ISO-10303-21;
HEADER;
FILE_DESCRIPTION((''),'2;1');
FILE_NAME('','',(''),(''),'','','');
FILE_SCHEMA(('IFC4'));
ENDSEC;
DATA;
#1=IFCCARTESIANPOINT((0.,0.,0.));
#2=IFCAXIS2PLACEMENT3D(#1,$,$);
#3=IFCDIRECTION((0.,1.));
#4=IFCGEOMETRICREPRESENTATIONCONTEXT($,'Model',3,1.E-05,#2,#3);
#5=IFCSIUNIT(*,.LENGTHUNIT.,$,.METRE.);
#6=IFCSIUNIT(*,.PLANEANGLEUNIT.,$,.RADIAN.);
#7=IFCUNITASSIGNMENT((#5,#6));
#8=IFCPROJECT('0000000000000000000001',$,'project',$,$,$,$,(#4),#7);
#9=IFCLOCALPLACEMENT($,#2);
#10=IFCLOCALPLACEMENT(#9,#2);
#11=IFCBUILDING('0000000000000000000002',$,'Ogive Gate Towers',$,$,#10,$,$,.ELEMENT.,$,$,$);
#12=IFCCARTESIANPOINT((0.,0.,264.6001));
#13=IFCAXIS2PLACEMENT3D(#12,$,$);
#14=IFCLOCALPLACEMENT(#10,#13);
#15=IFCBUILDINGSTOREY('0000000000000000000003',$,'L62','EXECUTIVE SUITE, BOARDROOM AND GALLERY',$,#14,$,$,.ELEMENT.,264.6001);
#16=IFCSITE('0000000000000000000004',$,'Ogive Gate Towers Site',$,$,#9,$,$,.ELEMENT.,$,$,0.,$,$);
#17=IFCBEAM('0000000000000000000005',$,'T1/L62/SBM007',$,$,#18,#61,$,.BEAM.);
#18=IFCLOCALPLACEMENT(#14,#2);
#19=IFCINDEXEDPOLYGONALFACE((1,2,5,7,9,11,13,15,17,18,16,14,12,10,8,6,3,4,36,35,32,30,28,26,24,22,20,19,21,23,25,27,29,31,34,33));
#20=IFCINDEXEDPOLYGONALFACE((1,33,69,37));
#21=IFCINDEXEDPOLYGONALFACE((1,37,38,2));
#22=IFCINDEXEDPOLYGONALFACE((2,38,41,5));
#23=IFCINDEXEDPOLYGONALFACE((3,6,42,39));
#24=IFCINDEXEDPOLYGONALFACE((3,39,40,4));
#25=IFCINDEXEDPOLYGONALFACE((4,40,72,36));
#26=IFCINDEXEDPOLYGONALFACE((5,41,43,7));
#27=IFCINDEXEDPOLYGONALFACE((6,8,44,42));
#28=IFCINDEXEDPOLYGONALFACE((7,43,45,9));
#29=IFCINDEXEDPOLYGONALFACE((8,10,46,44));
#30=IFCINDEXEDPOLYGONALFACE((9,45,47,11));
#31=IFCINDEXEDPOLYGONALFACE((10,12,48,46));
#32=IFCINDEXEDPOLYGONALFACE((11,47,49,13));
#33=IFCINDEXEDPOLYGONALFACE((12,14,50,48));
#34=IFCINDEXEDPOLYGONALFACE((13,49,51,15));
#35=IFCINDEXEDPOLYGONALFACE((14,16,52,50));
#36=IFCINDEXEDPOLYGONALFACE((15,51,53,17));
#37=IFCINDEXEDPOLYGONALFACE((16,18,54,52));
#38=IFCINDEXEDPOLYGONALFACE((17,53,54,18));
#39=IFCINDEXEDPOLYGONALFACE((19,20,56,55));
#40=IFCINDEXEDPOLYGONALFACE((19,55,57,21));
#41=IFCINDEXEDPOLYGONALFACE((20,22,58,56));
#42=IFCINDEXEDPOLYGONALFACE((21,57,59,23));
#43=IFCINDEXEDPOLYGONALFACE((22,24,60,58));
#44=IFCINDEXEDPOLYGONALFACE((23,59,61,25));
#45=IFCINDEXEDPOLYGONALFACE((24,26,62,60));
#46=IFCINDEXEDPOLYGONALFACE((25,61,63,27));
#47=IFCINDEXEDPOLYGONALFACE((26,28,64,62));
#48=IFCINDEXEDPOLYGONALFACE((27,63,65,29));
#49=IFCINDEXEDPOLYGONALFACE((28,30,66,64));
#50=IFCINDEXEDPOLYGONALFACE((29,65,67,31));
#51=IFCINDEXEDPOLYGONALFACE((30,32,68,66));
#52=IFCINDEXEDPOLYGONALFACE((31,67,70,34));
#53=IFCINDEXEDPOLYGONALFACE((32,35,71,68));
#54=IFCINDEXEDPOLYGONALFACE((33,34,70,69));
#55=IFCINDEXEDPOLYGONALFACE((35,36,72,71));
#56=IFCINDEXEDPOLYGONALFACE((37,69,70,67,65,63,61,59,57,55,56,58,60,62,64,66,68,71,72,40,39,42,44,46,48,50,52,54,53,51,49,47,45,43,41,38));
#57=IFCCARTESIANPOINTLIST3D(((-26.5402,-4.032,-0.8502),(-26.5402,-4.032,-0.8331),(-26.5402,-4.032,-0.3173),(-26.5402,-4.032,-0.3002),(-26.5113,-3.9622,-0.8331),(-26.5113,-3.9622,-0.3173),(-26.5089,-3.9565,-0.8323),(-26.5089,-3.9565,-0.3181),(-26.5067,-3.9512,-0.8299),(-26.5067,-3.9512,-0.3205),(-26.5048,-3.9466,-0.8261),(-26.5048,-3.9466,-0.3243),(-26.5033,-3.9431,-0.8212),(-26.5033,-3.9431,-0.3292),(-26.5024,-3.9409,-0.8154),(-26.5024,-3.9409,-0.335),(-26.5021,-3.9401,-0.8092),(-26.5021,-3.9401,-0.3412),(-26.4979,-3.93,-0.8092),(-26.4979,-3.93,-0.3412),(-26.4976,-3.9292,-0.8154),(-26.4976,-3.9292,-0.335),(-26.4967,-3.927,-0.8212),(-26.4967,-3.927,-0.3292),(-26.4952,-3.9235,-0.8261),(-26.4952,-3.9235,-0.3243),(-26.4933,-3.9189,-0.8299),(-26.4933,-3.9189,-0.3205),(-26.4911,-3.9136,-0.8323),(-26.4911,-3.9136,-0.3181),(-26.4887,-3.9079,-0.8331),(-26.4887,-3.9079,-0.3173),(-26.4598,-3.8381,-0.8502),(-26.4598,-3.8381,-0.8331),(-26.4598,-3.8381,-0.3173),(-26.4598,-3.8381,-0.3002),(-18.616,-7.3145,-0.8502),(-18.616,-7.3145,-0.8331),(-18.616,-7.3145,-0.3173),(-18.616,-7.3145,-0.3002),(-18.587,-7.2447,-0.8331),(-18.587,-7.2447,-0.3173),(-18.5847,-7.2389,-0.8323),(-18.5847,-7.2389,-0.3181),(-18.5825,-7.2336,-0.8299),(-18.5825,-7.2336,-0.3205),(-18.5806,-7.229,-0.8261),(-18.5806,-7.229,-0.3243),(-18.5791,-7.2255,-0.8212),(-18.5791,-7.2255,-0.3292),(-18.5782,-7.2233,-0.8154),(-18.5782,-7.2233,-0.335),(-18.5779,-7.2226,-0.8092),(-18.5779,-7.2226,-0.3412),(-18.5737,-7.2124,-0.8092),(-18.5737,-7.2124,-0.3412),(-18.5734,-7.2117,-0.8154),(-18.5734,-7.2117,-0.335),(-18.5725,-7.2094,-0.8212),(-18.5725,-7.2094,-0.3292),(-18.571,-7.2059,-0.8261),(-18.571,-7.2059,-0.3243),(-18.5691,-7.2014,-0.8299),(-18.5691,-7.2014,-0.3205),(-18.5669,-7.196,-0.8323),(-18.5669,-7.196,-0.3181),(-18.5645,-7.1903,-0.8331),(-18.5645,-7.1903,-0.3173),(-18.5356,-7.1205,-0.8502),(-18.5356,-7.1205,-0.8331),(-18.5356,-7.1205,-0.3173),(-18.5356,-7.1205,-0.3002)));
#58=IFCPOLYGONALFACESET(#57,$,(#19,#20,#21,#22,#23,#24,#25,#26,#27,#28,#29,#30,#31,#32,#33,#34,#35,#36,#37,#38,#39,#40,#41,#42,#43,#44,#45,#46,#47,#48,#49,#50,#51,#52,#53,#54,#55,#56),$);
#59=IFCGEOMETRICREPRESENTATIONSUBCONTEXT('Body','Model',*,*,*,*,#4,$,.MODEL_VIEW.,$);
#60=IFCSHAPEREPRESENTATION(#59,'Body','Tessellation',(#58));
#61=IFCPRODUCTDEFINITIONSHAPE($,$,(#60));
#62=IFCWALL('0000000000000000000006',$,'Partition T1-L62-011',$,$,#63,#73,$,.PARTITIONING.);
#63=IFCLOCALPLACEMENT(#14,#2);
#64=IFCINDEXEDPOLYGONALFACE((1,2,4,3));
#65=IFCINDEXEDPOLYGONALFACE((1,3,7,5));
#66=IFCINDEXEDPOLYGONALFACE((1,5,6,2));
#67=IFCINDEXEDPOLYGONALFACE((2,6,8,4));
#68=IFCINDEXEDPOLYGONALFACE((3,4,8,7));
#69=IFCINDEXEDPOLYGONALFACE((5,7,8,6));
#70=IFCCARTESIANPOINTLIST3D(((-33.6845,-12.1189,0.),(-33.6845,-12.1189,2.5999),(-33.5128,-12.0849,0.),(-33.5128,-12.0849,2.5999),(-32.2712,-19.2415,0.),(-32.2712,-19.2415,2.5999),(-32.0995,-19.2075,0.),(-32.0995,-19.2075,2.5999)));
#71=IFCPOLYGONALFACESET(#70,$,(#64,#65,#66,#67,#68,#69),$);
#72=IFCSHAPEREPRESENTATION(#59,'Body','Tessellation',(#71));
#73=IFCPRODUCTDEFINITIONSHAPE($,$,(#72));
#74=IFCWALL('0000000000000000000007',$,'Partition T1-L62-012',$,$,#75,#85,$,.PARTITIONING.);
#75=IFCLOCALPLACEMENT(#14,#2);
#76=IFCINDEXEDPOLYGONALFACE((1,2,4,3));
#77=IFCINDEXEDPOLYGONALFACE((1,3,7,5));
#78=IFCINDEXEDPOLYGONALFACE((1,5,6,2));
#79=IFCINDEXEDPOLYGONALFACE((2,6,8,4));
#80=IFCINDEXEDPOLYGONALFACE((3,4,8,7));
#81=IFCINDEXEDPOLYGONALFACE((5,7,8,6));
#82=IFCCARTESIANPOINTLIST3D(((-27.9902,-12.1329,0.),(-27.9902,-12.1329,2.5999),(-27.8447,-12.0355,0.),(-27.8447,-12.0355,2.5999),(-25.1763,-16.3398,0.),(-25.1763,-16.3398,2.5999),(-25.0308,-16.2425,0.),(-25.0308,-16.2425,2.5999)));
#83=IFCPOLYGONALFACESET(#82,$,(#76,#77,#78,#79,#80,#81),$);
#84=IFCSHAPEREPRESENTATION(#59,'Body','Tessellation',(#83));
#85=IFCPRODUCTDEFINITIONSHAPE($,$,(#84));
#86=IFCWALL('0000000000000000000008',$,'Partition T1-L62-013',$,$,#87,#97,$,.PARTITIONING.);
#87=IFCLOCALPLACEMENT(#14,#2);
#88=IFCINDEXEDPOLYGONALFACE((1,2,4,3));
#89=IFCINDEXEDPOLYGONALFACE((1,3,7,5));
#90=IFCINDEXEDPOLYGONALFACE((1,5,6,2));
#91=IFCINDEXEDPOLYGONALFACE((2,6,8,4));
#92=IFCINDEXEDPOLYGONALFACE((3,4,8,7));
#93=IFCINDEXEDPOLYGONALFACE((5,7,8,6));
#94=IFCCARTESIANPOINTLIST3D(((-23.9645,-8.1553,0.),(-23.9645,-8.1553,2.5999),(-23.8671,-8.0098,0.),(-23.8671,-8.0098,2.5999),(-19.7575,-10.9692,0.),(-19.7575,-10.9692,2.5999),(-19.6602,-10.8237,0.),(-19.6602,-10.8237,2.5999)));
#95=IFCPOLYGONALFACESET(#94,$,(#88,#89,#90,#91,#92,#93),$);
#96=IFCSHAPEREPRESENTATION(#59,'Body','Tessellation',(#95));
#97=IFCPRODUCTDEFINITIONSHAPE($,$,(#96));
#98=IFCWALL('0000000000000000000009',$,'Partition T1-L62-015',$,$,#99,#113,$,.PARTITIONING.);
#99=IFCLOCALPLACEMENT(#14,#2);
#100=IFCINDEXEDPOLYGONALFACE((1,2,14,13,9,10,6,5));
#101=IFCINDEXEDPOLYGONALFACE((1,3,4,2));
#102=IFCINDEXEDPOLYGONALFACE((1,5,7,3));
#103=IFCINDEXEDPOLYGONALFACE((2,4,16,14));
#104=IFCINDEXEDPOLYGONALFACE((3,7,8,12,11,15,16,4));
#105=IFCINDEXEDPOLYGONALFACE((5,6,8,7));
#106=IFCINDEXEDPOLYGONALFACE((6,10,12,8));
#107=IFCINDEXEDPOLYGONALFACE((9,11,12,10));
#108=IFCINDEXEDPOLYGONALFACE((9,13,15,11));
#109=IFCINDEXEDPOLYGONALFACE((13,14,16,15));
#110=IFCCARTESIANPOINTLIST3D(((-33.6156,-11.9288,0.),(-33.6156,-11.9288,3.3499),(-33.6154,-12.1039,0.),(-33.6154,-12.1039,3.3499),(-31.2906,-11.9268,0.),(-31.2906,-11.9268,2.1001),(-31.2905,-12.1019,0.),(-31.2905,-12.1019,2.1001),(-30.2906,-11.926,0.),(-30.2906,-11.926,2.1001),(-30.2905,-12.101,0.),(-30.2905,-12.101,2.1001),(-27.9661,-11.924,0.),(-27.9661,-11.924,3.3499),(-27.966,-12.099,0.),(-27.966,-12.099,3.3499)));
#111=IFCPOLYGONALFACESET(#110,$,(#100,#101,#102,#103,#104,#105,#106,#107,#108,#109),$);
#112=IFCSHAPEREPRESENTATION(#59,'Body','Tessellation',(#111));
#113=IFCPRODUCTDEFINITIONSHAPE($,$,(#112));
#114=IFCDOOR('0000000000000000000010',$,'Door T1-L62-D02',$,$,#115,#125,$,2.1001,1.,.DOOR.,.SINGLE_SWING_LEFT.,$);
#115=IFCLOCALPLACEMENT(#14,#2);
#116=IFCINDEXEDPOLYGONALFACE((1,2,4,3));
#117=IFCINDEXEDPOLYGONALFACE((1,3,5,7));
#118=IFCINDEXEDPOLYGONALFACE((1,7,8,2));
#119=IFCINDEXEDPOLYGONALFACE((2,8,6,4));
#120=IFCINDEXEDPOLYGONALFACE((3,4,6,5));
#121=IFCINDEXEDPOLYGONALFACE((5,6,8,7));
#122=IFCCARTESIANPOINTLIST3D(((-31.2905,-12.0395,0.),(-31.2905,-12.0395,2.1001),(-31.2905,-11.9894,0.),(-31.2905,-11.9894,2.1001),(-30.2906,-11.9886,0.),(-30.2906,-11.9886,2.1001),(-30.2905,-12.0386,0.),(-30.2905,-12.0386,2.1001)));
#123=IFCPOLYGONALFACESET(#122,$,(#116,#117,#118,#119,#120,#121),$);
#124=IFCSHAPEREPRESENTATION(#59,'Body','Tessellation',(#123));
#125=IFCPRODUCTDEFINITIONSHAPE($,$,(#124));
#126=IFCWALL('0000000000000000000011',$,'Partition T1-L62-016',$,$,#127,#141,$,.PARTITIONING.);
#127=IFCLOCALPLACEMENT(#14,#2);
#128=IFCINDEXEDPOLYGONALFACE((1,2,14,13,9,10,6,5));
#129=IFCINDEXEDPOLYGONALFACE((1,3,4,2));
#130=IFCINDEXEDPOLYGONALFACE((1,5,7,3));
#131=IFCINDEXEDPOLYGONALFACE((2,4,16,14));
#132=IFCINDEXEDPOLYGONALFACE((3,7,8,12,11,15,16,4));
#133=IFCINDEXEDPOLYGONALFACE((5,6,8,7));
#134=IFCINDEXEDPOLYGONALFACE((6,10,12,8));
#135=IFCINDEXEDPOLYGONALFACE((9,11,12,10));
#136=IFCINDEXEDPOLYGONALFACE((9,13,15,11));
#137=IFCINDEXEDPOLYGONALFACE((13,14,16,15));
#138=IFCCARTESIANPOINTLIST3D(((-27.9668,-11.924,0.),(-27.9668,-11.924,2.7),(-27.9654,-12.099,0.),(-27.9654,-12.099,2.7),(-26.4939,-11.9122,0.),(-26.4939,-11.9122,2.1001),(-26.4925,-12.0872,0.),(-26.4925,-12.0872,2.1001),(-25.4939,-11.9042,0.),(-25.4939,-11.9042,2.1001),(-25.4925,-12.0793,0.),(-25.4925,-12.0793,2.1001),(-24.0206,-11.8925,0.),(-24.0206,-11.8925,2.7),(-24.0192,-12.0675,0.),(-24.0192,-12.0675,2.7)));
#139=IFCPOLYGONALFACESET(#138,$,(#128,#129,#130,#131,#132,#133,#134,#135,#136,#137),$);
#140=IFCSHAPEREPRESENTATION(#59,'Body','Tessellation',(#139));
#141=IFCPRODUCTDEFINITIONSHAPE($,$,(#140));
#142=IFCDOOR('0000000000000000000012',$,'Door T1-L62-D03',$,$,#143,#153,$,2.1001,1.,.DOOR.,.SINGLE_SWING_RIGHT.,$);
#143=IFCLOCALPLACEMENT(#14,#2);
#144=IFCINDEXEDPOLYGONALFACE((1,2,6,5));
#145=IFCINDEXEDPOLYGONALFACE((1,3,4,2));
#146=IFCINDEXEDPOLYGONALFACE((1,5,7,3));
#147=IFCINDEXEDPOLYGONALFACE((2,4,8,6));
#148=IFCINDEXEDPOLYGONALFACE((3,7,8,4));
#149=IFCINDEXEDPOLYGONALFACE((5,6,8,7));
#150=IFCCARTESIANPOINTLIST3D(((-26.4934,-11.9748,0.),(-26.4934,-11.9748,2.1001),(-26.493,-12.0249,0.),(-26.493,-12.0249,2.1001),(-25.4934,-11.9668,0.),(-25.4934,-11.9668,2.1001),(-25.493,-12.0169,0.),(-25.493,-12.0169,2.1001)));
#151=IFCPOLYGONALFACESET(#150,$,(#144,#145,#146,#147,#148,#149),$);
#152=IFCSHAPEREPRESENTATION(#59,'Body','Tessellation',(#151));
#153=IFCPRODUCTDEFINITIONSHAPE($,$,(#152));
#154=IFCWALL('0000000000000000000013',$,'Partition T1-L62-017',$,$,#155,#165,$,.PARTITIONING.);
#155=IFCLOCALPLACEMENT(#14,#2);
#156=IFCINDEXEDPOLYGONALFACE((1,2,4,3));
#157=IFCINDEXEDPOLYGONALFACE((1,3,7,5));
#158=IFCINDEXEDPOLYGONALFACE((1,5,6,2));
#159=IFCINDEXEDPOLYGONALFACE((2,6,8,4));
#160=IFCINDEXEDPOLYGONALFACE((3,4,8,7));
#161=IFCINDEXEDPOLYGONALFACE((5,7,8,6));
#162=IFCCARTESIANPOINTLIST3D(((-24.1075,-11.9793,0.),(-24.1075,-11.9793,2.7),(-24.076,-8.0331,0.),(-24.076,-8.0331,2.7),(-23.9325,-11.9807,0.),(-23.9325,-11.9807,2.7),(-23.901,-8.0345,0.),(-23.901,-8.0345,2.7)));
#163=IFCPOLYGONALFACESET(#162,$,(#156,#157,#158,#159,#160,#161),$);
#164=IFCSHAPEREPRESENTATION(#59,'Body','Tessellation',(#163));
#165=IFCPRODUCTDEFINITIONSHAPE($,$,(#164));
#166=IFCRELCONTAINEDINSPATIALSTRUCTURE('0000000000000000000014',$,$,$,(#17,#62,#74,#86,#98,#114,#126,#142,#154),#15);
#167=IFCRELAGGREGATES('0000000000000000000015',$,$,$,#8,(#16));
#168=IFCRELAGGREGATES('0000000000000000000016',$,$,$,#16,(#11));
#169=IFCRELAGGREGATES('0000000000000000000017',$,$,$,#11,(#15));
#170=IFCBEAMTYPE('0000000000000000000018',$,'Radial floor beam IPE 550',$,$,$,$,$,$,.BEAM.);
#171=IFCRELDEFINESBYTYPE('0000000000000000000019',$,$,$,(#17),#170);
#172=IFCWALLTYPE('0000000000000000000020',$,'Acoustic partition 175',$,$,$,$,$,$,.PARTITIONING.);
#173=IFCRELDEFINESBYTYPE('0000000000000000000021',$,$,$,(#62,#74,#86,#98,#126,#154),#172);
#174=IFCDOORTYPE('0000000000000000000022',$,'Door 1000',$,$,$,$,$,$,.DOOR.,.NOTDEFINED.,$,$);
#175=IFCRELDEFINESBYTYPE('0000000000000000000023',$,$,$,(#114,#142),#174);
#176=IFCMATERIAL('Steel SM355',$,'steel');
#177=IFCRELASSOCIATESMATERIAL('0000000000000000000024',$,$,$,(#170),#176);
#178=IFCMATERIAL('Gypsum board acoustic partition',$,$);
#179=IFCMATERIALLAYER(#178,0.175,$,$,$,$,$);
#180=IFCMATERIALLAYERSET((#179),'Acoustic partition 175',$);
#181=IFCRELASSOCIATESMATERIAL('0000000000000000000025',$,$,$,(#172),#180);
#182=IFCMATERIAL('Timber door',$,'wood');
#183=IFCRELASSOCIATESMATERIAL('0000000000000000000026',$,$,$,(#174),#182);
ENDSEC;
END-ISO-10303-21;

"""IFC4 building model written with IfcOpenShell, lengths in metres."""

from ifc_helpers import new_model, si_unit, direction, frame, frame_2d, origin, origin_2d, place, context, subcontext, project, spatial, rectangle, i_section, extrude, material, layer, layer_set, material_profile, profile_set, type_object, element, fill, save


model = new_model("IFC4")

# Units and contexts
model_context = context("Model", 3, precision=1e-05, world=origin(), true_north=direction((0.0, 1.0)))
body_context = subcontext(model_context, "Body", "Model", "MODEL_VIEW")
ifc_project = project(units=[si_unit("LENGTHUNIT", "METRE"), si_unit("PLANEANGLEUNIT", "RADIAN")], contexts=[model_context])

# Site, building, storey
site_placement = place(None, origin())
site = spatial("IfcSite", under=ifc_project, at=site_placement, Name="Ogive Gate Towers Site", CompositionType="ELEMENT", RefElevation=0.0)
building_placement = place(site_placement, origin())
building = spatial("IfcBuilding", under=site, at=building_placement, Name="Ogive Gate Towers", CompositionType="ELEMENT")
storey_placement = place(building_placement, frame((0.0, 0.0, 264.6001)))
storey = spatial("IfcBuildingStorey", under=building, at=storey_placement, Name="L62", Description="EXECUTIVE SUITE, BOARDROOM AND GALLERY", CompositionType="ELEMENT", Elevation=264.6001)

# Beam
ifc_material_1 = material(Name="Steel SM355", Category="steel")
ifc_material_profile_1 = material_profile(ifc_material_1, i_section(OverallWidth=0.21, OverallDepth=0.55, WebThickness=0.011, FlangeThickness=0.0171, FilletRadius=0.0239, at=origin_2d()), Name="IPE 550")
ifc_profile_set_1 = profile_set([ifc_material_profile_1], Name="Steel SM355")
beam_type_1 = type_object("IfcBeamType", Name="Radial floor beam IPE 550", PredefinedType="BEAM", material=ifc_profile_set_1)
beam_1_placement = place(storey_placement, frame((-26.5, -3.9351, -0.5752), z_axis=(0.923875, -0.382695, 0.0), x_axis=(0.382695, 0.923875, 0.0)))
element("IfcBeam", 1, at=beam_1_placement, inside=storey, type_object=beam_type_1, Name="T1/L62/SBM007", PredefinedType="BEAM", context=body_context, shape_type="SweptSolid", body=[
    extrude(i_section(OverallWidth=0.21, OverallDepth=0.55, WebThickness=0.011, FlangeThickness=0.0171, FilletRadius=0.0239, at=origin_2d()), origin(), (0.0, 0.0, 1.0), 8.5771),
])

# Walls
ifc_material_2 = material(Name="Gypsum board acoustic partition")
ifc_layer_1 = layer(ifc_material_2, 0.175)
ifc_layer_set_1 = layer_set([ifc_layer_1], Name="Acoustic partition 175")
wall_type_1 = type_object("IfcWallType", Name="Acoustic partition 175", PredefinedType="PARTITIONING", material=ifc_layer_set_1)
wall_1_placement = place(storey_placement, frame((-32.1853, -19.2246, 0.0), z_axis=(0.0, 0.0, 1.0), x_axis=(-0.194635, 0.980876, 0.0)))
element("IfcWall", 2, at=wall_1_placement, inside=storey, type_object=wall_type_1, Name="Partition T1-L62-011", PredefinedType="PARTITIONING", context=body_context, shape_type="SweptSolid", body=[
    extrude(rectangle(XDim=7.2615, YDim=0.175, at=frame_2d((3.6309, 0.0))), origin(), (0.0, 0.0, 1.0), 2.5999),
])
for number, where, z_axis, x_axis, name in (
    (3, (-25.1035, -16.2913, 0.0), (0.0, 0.0, 1.0), (-0.555969, 0.831203, 0.0), "Partition T1-L62-012"),
    (4, (-19.7087, -10.8965, 0.0), (0.0, 0.0, 1.0), (-0.831203, 0.555969, 0.0), "Partition T1-L62-013"),
):
    element("IfcWall", number, at=place(storey_placement, frame(where, z_axis=z_axis, x_axis=x_axis)), inside=storey, type_object=wall_type_1, Name=name, PredefinedType="PARTITIONING", context=body_context, shape_type="SweptSolid", body=[
        extrude(rectangle(XDim=5.0613, YDim=0.175, at=frame_2d((2.5308, 0.0))), origin(), (0.0, 0.0, 1.0), 2.5999),
    ])

# Walls, openings, doors
wall_2_placement = place(storey_placement, frame((-33.6155, -12.0164, 0.0), z_axis=(0.0, 0.0, 1.0), x_axis=(1.0, 0.000864, 0.0)))
wall_2 = element("IfcWall", 5, at=wall_2_placement, inside=storey, type_object=wall_type_1, Name="Partition T1-L62-015", PredefinedType="PARTITIONING", context=body_context, shape_type="SweptSolid", body=[
    extrude(rectangle(XDim=5.6494, YDim=0.175, at=frame_2d((2.8247, 0.0))), origin(), (0.0, 0.0, 1.0), 3.3499),
])
opening_1_placement = place(wall_2_placement, frame((2.325, 0.0, 0.0)))
opening_1 = element("IfcOpeningElement", 6, at=opening_1_placement, cuts=wall_2, PredefinedType="OPENING", context=body_context, shape_type="SweptSolid", body=[
    extrude(rectangle(XDim=1.0, YDim=2.1001, at=frame_2d((0.5, 1.05))), frame((0.0, 0.0977, 0.0), z_axis=(0.0, -1.0, 0.0), x_axis=(1.0, 0.0, 0.0)), (0.0, 0.0, 1.0), 0.1951),
])
ifc_material_3 = material(Name="Timber door", Category="wood")
door_type_1 = type_object("IfcDoorType", Name="Door 1000", OperationType="NOTDEFINED", PredefinedType="DOOR", material=ifc_material_3)
door_1_placement = place(opening_1_placement, origin())
door_1 = element("IfcDoor", 7, at=door_1_placement, inside=storey, type_object=door_type_1, Name="Door T1-L62-D02", OperationType="SINGLE_SWING_LEFT", OverallHeight=2.1001, OverallWidth=1.0, PredefinedType="DOOR", context=body_context, shape_type="SweptSolid", body=[
    extrude(rectangle(XDim=1.0, YDim=2.1001, at=frame_2d((0.5, 1.05))), frame((0.0, 0.0249, 0.0), z_axis=(0.0, -1.0, 0.0), x_axis=(1.0, 0.0, 0.0)), (0.0, 0.0, 1.0), 0.05),
])
fill(opening_1, door_1)
wall_3_placement = place(storey_placement, frame((-27.9661, -12.0115, 0.0), z_axis=(0.0, 0.0, 1.0), x_axis=(0.999968, 0.007981, 0.0)))
wall_3 = element("IfcWall", 8, at=wall_3_placement, inside=storey, type_object=wall_type_1, Name="Partition T1-L62-016", PredefinedType="PARTITIONING", context=body_context, shape_type="SweptSolid", body=[
    extrude(rectangle(XDim=3.9463, YDim=0.175, at=frame_2d((1.9731, 0.0))), origin(), (0.0, 0.0, 1.0), 2.7),
])
opening_2_placement = place(wall_3_placement, frame((1.4729, 0.0, 0.0)))
opening_2 = element("IfcOpeningElement", 9, at=opening_2_placement, cuts=wall_3, PredefinedType="OPENING", context=body_context, shape_type="SweptSolid", body=[
    extrude(rectangle(XDim=1.0, YDim=2.1001, at=frame_2d((0.5, 1.05))), frame((0.0, 0.0977, 0.0), z_axis=(0.0, -1.0, 0.0), x_axis=(1.0, 0.0, 0.0)), (0.0, 0.0, 1.0), 0.1951),
])
door_2_placement = place(opening_2_placement, origin())
door_2 = element("IfcDoor", 10, at=door_2_placement, inside=storey, type_object=door_type_1, Name="Door T1-L62-D03", OperationType="SINGLE_SWING_RIGHT", OverallHeight=2.1001, OverallWidth=1.0, PredefinedType="DOOR", context=body_context, shape_type="SweptSolid", body=[
    extrude(rectangle(XDim=1.0, YDim=2.1001, at=frame_2d((0.5, 1.05))), frame((0.0, 0.0249, 0.0), z_axis=(0.0, -1.0, 0.0), x_axis=(1.0, 0.0, 0.0)), (0.0, 0.0, 1.0), 0.05),
])
fill(opening_2, door_2)

# Wall
wall_4_placement = place(storey_placement, frame((-24.02, -11.98, 0.0), z_axis=(0.0, 0.0, 1.0), x_axis=(0.007981, 0.999968, 0.0)))
element("IfcWall", 11, at=wall_4_placement, inside=storey, type_object=wall_type_1, Name="Partition T1-L62-017", PredefinedType="PARTITIONING", context=body_context, shape_type="SweptSolid", body=[
    extrude(rectangle(XDim=3.9463, YDim=0.175, at=frame_2d((1.9731, 0.0))), origin(), (0.0, 0.0, 1.0), 2.7),
])

save(model, "model.ifc")
